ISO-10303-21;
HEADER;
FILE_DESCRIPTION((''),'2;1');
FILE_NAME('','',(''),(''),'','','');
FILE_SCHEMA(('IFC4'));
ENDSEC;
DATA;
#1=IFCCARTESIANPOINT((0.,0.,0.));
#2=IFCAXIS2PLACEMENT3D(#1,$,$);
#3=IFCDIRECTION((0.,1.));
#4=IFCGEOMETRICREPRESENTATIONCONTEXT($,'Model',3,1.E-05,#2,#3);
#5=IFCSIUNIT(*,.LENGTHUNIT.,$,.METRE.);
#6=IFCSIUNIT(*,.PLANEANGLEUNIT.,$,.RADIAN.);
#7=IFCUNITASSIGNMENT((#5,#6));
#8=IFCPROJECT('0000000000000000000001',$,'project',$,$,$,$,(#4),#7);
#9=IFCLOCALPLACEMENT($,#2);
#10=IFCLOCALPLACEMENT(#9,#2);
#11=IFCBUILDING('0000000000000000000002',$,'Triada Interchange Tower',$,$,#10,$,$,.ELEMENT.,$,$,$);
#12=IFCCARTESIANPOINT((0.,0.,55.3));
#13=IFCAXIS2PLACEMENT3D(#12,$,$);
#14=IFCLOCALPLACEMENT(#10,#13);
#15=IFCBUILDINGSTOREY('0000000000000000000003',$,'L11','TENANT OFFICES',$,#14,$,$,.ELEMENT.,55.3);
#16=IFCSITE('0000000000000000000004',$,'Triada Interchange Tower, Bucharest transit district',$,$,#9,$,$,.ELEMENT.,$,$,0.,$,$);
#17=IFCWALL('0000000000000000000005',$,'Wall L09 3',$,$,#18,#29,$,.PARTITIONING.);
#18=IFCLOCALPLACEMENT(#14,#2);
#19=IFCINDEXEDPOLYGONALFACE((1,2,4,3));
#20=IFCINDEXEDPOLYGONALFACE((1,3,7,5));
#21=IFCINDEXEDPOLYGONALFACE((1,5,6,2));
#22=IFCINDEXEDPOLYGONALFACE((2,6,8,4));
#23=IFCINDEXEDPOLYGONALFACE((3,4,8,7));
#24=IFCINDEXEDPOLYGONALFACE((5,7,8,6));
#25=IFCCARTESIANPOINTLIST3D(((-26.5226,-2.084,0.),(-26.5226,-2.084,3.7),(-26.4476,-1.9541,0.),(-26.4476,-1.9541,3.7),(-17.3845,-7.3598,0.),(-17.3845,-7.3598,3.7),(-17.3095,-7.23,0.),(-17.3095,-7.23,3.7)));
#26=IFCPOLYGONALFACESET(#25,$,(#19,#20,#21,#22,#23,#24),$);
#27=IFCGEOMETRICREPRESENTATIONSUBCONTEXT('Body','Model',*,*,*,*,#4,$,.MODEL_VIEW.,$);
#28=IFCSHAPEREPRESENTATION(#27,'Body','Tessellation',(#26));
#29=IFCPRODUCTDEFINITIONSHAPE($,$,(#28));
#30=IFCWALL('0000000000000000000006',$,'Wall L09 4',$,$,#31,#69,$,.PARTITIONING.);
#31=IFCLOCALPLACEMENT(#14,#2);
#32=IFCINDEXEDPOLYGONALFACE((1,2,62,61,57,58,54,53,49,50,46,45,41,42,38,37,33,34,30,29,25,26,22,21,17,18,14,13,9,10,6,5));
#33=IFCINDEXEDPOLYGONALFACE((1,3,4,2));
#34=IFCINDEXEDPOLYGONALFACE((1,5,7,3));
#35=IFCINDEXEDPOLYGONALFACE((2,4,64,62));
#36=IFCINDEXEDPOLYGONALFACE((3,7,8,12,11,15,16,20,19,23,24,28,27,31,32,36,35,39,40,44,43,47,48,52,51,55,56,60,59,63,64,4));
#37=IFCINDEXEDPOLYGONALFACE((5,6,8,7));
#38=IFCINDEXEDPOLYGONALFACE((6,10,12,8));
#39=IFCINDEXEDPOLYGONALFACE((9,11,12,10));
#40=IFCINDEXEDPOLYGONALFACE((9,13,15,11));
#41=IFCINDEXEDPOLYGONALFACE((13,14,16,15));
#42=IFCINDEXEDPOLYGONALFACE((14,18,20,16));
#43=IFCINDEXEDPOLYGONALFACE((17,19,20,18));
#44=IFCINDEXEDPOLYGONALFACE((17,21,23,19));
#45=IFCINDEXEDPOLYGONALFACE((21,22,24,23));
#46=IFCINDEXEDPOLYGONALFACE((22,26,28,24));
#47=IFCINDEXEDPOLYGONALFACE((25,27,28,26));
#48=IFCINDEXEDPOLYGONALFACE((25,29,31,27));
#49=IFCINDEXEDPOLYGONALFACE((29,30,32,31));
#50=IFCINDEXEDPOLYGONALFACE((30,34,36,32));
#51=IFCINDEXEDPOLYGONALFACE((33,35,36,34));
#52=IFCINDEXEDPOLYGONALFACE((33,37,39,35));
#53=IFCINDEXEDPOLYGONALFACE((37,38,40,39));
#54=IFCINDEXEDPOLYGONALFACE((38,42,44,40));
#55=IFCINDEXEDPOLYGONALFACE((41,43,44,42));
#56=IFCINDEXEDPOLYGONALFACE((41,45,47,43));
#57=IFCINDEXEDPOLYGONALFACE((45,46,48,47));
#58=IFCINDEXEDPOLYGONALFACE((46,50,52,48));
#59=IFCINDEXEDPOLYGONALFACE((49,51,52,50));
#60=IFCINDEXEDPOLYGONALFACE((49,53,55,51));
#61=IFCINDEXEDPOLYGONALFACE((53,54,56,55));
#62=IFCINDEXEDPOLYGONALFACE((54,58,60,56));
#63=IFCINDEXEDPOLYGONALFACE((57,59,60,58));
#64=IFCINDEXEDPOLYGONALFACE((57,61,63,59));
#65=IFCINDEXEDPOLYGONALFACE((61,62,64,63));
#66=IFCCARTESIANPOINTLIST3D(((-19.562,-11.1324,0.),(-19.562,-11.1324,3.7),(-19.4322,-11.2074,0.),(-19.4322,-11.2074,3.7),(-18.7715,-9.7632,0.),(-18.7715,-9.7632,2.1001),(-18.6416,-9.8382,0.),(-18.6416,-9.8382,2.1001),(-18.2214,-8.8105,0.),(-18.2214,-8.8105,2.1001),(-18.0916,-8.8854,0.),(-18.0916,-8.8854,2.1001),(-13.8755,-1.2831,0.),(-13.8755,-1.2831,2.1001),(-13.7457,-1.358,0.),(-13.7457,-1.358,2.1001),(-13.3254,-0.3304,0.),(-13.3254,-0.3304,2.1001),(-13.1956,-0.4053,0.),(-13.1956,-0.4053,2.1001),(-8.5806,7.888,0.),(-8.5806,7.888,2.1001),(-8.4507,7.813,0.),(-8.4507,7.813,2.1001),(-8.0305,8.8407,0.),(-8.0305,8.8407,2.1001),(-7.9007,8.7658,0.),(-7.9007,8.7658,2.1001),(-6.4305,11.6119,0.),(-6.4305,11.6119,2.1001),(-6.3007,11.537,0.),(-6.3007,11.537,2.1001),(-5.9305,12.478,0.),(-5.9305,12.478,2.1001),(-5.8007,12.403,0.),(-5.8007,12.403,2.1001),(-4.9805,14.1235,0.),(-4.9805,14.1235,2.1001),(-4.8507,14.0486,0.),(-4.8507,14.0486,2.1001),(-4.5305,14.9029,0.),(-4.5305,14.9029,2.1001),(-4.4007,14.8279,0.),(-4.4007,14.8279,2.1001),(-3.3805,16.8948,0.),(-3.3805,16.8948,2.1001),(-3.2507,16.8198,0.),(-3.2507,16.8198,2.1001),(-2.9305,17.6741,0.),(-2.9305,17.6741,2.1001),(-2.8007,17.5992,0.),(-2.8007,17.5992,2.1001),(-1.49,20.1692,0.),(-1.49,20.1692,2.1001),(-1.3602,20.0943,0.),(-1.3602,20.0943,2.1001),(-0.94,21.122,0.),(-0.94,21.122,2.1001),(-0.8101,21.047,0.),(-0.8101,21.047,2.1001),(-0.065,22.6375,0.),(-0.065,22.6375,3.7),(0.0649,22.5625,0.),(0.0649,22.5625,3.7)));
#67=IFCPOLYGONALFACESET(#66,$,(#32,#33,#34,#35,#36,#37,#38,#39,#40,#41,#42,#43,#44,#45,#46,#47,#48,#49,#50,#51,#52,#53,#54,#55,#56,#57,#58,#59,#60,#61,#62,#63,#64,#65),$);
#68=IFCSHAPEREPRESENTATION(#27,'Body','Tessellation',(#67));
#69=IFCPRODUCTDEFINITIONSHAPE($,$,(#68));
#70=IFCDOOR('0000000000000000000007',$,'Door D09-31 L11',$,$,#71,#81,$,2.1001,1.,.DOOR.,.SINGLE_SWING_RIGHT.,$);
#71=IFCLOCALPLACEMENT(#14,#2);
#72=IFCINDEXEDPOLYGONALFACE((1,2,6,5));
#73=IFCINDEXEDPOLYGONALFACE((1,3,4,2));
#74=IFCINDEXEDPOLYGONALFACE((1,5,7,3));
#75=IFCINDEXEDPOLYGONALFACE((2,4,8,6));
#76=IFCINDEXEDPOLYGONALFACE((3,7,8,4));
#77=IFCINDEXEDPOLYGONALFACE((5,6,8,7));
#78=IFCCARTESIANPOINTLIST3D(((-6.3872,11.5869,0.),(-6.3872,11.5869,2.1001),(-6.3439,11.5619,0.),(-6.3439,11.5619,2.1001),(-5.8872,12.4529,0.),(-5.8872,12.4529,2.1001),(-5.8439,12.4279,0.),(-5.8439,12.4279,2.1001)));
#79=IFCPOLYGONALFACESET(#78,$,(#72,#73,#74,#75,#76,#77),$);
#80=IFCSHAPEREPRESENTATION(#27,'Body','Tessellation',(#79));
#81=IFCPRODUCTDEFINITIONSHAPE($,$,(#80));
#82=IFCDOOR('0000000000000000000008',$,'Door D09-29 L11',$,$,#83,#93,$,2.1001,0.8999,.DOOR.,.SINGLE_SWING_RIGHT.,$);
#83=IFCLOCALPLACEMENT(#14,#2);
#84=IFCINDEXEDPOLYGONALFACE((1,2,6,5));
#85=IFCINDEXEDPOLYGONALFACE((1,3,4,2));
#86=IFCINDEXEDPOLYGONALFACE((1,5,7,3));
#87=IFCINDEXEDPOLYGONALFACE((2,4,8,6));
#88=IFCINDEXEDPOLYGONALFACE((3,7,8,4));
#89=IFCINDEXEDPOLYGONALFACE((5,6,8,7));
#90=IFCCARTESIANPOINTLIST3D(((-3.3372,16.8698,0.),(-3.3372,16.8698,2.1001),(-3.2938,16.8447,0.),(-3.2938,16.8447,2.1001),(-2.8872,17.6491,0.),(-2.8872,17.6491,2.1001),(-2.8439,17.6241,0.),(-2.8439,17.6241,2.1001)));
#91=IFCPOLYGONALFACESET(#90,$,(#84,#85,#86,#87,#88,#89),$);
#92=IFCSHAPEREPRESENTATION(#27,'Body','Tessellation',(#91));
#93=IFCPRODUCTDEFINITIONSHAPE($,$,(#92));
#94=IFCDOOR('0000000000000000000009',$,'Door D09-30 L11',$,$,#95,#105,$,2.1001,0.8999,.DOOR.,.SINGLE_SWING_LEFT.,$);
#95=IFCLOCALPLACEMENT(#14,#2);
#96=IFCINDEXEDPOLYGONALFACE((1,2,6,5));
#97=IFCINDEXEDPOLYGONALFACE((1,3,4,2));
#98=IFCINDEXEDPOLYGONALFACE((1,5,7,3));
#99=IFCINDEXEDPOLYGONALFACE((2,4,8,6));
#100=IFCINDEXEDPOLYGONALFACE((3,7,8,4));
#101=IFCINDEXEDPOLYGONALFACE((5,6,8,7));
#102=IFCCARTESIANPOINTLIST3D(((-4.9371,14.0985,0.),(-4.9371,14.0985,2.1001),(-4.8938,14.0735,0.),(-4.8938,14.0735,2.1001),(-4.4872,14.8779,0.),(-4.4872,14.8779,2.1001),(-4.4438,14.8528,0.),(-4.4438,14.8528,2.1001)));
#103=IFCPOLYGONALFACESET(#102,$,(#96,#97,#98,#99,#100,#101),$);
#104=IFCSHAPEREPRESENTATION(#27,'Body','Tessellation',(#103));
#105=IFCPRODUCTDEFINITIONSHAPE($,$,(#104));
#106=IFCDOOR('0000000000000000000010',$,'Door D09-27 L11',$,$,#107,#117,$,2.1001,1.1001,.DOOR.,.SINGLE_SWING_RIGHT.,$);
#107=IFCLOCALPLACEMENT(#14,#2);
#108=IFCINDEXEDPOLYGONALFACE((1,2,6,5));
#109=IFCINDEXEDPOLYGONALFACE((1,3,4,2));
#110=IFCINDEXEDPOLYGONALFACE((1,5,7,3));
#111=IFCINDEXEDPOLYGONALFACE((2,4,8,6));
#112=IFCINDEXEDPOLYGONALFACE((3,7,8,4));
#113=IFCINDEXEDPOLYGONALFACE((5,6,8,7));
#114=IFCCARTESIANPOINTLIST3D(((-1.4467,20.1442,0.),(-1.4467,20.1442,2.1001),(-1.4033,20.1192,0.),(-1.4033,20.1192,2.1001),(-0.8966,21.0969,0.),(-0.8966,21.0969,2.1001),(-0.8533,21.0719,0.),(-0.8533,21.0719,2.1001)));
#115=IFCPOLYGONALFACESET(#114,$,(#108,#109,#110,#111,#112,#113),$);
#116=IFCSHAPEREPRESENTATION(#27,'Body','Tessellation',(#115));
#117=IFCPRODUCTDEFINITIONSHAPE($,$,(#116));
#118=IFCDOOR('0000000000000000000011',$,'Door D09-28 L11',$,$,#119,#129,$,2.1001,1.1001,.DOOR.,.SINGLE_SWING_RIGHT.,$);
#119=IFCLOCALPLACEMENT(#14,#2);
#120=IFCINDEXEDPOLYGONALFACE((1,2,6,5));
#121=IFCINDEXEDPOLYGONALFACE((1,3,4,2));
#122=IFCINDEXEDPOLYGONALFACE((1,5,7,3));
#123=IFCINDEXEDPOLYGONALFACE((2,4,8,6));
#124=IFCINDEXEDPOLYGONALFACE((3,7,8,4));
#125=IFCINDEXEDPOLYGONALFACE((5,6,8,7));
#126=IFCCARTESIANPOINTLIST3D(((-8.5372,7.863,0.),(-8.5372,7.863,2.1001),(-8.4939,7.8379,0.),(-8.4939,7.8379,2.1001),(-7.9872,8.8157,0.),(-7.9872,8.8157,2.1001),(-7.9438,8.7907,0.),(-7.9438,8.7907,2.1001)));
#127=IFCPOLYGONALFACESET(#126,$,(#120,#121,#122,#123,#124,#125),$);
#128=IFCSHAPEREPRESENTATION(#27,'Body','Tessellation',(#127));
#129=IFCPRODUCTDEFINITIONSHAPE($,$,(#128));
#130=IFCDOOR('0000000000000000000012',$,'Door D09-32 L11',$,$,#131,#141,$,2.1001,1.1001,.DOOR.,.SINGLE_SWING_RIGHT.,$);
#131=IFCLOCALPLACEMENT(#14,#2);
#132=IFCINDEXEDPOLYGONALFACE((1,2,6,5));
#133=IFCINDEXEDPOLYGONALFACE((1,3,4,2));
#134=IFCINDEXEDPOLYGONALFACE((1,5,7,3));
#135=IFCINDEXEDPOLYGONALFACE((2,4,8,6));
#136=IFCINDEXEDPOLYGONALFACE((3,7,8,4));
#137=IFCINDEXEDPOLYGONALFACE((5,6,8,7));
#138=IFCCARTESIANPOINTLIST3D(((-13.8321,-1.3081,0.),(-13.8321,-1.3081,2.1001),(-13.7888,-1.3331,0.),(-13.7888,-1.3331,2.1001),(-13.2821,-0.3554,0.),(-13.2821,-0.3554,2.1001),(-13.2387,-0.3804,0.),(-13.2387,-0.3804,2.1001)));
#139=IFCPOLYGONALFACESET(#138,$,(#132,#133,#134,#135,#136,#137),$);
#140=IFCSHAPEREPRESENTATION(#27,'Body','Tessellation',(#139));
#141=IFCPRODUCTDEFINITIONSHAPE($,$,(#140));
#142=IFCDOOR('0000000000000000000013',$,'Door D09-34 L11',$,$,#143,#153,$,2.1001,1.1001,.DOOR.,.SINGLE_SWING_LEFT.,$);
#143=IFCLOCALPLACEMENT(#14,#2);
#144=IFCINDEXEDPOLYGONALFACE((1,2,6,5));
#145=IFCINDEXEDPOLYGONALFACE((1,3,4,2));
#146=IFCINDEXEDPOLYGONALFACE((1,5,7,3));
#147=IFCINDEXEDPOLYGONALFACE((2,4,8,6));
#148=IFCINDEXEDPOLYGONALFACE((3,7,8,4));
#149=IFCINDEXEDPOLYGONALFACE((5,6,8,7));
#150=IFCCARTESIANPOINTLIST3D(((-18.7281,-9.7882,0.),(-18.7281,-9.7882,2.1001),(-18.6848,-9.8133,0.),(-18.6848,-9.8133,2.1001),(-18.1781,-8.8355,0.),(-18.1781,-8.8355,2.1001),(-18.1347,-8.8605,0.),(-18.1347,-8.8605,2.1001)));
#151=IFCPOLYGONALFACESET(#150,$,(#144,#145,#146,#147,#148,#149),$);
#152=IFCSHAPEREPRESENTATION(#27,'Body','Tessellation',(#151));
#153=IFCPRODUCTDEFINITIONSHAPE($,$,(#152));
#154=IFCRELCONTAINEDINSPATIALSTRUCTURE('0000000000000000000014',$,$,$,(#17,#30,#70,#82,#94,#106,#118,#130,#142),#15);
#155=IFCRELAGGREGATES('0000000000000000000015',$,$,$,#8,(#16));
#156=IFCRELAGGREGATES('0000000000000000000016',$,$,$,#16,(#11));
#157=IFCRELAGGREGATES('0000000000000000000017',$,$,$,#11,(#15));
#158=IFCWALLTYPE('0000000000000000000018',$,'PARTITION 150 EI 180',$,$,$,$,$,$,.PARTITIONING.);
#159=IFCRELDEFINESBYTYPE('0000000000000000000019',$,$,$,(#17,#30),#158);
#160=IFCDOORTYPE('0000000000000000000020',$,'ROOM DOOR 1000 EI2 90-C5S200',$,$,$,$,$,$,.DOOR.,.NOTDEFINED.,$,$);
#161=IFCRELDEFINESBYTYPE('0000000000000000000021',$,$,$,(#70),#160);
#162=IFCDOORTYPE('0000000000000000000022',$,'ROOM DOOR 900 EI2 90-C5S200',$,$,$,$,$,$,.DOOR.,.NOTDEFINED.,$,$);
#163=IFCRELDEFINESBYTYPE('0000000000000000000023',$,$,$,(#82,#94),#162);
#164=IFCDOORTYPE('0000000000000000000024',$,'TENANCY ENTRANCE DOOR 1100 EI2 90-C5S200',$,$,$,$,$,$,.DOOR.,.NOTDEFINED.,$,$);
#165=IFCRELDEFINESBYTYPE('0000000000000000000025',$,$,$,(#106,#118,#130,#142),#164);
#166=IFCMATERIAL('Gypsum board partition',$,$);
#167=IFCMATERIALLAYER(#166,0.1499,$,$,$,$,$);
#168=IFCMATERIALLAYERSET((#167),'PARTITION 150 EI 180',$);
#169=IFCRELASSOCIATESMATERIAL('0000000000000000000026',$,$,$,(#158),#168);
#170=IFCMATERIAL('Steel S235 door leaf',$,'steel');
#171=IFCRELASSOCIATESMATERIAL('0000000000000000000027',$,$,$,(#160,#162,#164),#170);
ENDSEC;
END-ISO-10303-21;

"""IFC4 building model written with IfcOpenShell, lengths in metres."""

from ifc_helpers import new_model, si_unit, direction, frame, frame_2d, origin, place, context, subcontext, project, spatial, rectangle, extrude, material, layer, layer_set, type_object, element, fill, save


model = new_model("IFC4")

# Units and contexts
model_context = context("Model", 3, precision=1e-05, world=origin(), true_north=direction((0.0, 1.0)))
body_context = subcontext(model_context, "Body", "Model", "MODEL_VIEW")
ifc_project = project(units=[si_unit("LENGTHUNIT", "METRE"), si_unit("PLANEANGLEUNIT", "RADIAN")], contexts=[model_context])

# Site, building, storey
site_placement = place(None, origin())
site = spatial("IfcSite", under=ifc_project, at=site_placement, Name="Triada Interchange Tower, Bucharest transit district", CompositionType="ELEMENT", RefElevation=0.0)
building_placement = place(site_placement, origin())
building = spatial("IfcBuilding", under=site, at=building_placement, Name="Triada Interchange Tower", CompositionType="ELEMENT")
storey_placement = place(building_placement, frame((0.0, 0.0, 55.3)))
storey = spatial("IfcBuildingStorey", under=building, at=storey_placement, Name="L11", Description="TENANT OFFICES", CompositionType="ELEMENT", Elevation=55.3)

# Wall
ifc_material_1 = material(Name="Gypsum board partition")
ifc_layer_1 = layer(ifc_material_1, 0.1499)
ifc_layer_set_1 = layer_set([ifc_layer_1], Name="PARTITION 150 EI 180")
wall_type_1 = type_object("IfcWallType", Name="PARTITION 150 EI 180", PredefinedType="PARTITIONING", material=ifc_layer_set_1)
wall_1_placement = place(storey_placement, frame((-26.4851, -2.019, 0.0), z_axis=(0.0, 0.0, 1.0), x_axis=(0.866028, -0.499996, 0.0)))
element("IfcWall", 1, at=wall_1_placement, inside=storey, type_object=wall_type_1, Name="Wall L09 3", PredefinedType="PARTITIONING", context=body_context, shape_type="SweptSolid", body=[
    extrude(rectangle(XDim=10.5518, YDim=0.1499, at=frame_2d((5.2759, 0.0))), origin(), (0.0, 0.0, 1.0), 3.7),
])

# Wall, openings, doors
wall_2_placement = place(storey_placement, frame((-19.4971, -11.1699, 0.0), z_axis=(0.0, 0.0, 1.0), x_axis=(0.499999, 0.866026, 0.0)))
wall_2 = element("IfcWall", 2, at=wall_2_placement, inside=storey, type_object=wall_type_1, Name="Wall L09 4", PredefinedType="PARTITIONING", context=body_context, shape_type="SweptSolid", body=[
    extrude(rectangle(XDim=38.9941, YDim=0.1499, at=frame_2d((19.4971, 0.0))), origin(), (0.0, 0.0, 1.0), 3.7),
])
opening_1_placement = place(wall_2_placement, frame((36.144, 0.0, 0.0)))
opening_1 = element("IfcOpeningElement", 3, at=opening_1_placement, cuts=wall_2, PredefinedType="OPENING", context=body_context, shape_type="SweptSolid", body=[
    extrude(rectangle(XDim=1.1001, YDim=2.1001, at=frame_2d((0.55, 1.05))), frame((0.0, 0.085, 0.0), z_axis=(0.0, -1.0, 0.0), x_axis=(1.0, 0.0, 0.0)), (0.0, 0.0, 1.0), 0.1699),
])
opening_2_placement = place(wall_2_placement, frame((21.9629, 0.0, 0.0)))
opening_2 = element("IfcOpeningElement", 4, at=opening_2_placement, cuts=wall_2, PredefinedType="OPENING", context=body_context, shape_type="SweptSolid", body=[
    extrude(rectangle(XDim=1.1001, YDim=2.1001, at=frame_2d((0.55, 1.05))), frame((0.0, 0.085, 0.0), z_axis=(0.0, -1.0, 0.0), x_axis=(1.0, 0.0, 0.0)), (0.0, 0.0, 1.0), 0.1699),
])
opening_3_placement = place(wall_2_placement, frame((32.363, 0.0, 0.0)))
opening_3 = element("IfcOpeningElement", 5, at=opening_3_placement, cuts=wall_2, PredefinedType="OPENING", context=body_context, shape_type="SweptSolid", body=[
    extrude(rectangle(XDim=0.8999, YDim=2.1001, at=frame_2d((0.45, 1.05))), frame((0.0, 0.085, 0.0), z_axis=(0.0, -1.0, 0.0), x_axis=(1.0, 0.0, 0.0)), (0.0, 0.0, 1.0), 0.1699),
])
opening_4_placement = place(wall_2_placement, frame((29.1631, 0.0, 0.0)))
opening_4 = element("IfcOpeningElement", 6, at=opening_4_placement, cuts=wall_2, PredefinedType="OPENING", context=body_context, shape_type="SweptSolid", body=[
    extrude(rectangle(XDim=0.8999, YDim=2.1001, at=frame_2d((0.45, 1.05))), frame((0.0, 0.085, 0.0), z_axis=(0.0, -1.0, 0.0), x_axis=(1.0, 0.0, 0.0)), (0.0, 0.0, 1.0), 0.1699),
])
opening_5_placement = place(wall_2_placement, frame((26.2629, 0.0, 0.0)))
opening_5 = element("IfcOpeningElement", 7, at=opening_5_placement, cuts=wall_2, PredefinedType="OPENING", context=body_context, shape_type="SweptSolid", body=[
    extrude(rectangle(XDim=1.0, YDim=2.1001, at=frame_2d((0.5, 1.05))), frame((0.0, 0.085, 0.0), z_axis=(0.0, -1.0, 0.0), x_axis=(1.0, 0.0, 0.0)), (0.0, 0.0, 1.0), 0.1699),
])
opening_6_placement = place(wall_2_placement, frame((11.373, 0.0, 0.0)))
opening_6 = element("IfcOpeningElement", 8, at=opening_6_placement, cuts=wall_2, PredefinedType="OPENING", context=body_context, shape_type="SweptSolid", body=[
    extrude(rectangle(XDim=1.1001, YDim=2.1001, at=frame_2d((0.55, 1.05))), frame((0.0, 0.085, 0.0), z_axis=(0.0, -1.0, 0.0), x_axis=(1.0, 0.0, 0.0)), (0.0, 0.0, 1.0), 0.1699),
])
opening_7_placement = place(wall_2_placement, frame((1.5811, 0.0, 0.0)))
opening_7 = element("IfcOpeningElement", 9, at=opening_7_placement, cuts=wall_2, PredefinedType="OPENING", context=body_context, shape_type="SweptSolid", body=[
    extrude(rectangle(XDim=1.1001, YDim=2.1001, at=frame_2d((0.55, 1.05))), frame((0.0, 0.085, 0.0), z_axis=(0.0, -1.0, 0.0), x_axis=(1.0, 0.0, 0.0)), (0.0, 0.0, 1.0), 0.1699),
])
ifc_material_2 = material(Name="Steel S235 door leaf", Category="steel")
door_type_1 = type_object("IfcDoorType", Name="ROOM DOOR 1000 EI2 90-C5S200", OperationType="NOTDEFINED", PredefinedType="DOOR", material=ifc_material_2)
door_1_placement = place(opening_5_placement, origin())
door_1 = element("IfcDoor", 10, at=door_1_placement, inside=storey, type_object=door_type_1, Name="Door D09-31 L11", OperationType="SINGLE_SWING_RIGHT", OverallHeight=2.1001, OverallWidth=1.0, PredefinedType="DOOR", context=body_context, shape_type="SweptSolid", body=[
    extrude(rectangle(XDim=1.0, YDim=2.1001, at=frame_2d((0.5, 1.05))), frame((0.0, 0.0249, 0.0), z_axis=(0.0, -1.0, 0.0), x_axis=(1.0, 0.0, 0.0)), (0.0, 0.0, 1.0), 0.05),
])
fill(opening_5, door_1)
door_type_2 = type_object("IfcDoorType", Name="ROOM DOOR 900 EI2 90-C5S200", OperationType="NOTDEFINED", PredefinedType="DOOR", material=ifc_material_2)
door_2_placement = place(opening_3_placement, origin())
door_2 = element("IfcDoor", 11, at=door_2_placement, inside=storey, type_object=door_type_2, Name="Door D09-29 L11", OperationType="SINGLE_SWING_RIGHT", OverallHeight=2.1001, OverallWidth=0.8999, PredefinedType="DOOR", context=body_context, shape_type="SweptSolid", body=[
    extrude(rectangle(XDim=0.8999, YDim=2.1001, at=frame_2d((0.45, 1.05))), frame((0.0, 0.0249, 0.0), z_axis=(0.0, -1.0, 0.0), x_axis=(1.0, 0.0, 0.0)), (0.0, 0.0, 1.0), 0.05),
])
fill(opening_3, door_2)
door_3_placement = place(opening_4_placement, origin())
door_3 = element("IfcDoor", 12, at=door_3_placement, inside=storey, type_object=door_type_2, Name="Door D09-30 L11", OperationType="SINGLE_SWING_LEFT", OverallHeight=2.1001, OverallWidth=0.8999, PredefinedType="DOOR", context=body_context, shape_type="SweptSolid", body=[
    extrude(rectangle(XDim=0.8999, YDim=2.1001, at=frame_2d((0.45, 1.05))), frame((0.0, 0.0249, 0.0), z_axis=(0.0, -1.0, 0.0), x_axis=(1.0, 0.0, 0.0)), (0.0, 0.0, 1.0), 0.05),
])
fill(opening_4, door_3)
door_type_3 = type_object("IfcDoorType", Name="TENANCY ENTRANCE DOOR 1100 EI2 90-C5S200", OperationType="NOTDEFINED", PredefinedType="DOOR", material=ifc_material_2)
door_4_placement = place(opening_1_placement, origin())
door_4 = element("IfcDoor", 13, at=door_4_placement, inside=storey, type_object=door_type_3, Name="Door D09-27 L11", OperationType="SINGLE_SWING_RIGHT", OverallHeight=2.1001, OverallWidth=1.1001, PredefinedType="DOOR", context=body_context, shape_type="SweptSolid", body=[
    extrude(rectangle(XDim=1.1001, YDim=2.1001, at=frame_2d((0.55, 1.05))), frame((0.0, 0.0249, 0.0), z_axis=(0.0, -1.0, 0.0), x_axis=(1.0, 0.0, 0.0)), (0.0, 0.0, 1.0), 0.05),
])
fill(opening_1, door_4)
door_5_placement = place(opening_2_placement, origin())
door_5 = element("IfcDoor", 14, at=door_5_placement, inside=storey, type_object=door_type_3, Name="Door D09-28 L11", OperationType="SINGLE_SWING_RIGHT", OverallHeight=2.1001, OverallWidth=1.1001, PredefinedType="DOOR", context=body_context, shape_type="SweptSolid", body=[
    extrude(rectangle(XDim=1.1001, YDim=2.1001, at=frame_2d((0.55, 1.05))), frame((0.0, 0.0249, 0.0), z_axis=(0.0, -1.0, 0.0), x_axis=(1.0, 0.0, 0.0)), (0.0, 0.0, 1.0), 0.05),
])
fill(opening_2, door_5)
door_6_placement = place(opening_6_placement, origin())
door_6 = element("IfcDoor", 15, at=door_6_placement, inside=storey, type_object=door_type_3, Name="Door D09-32 L11", OperationType="SINGLE_SWING_RIGHT", OverallHeight=2.1001, OverallWidth=1.1001, PredefinedType="DOOR", context=body_context, shape_type="SweptSolid", body=[
    extrude(rectangle(XDim=1.1001, YDim=2.1001, at=frame_2d((0.55, 1.05))), frame((0.0, 0.0249, 0.0), z_axis=(0.0, -1.0, 0.0), x_axis=(1.0, 0.0, 0.0)), (0.0, 0.0, 1.0), 0.05),
])
fill(opening_6, door_6)
door_7_placement = place(opening_7_placement, origin())
door_7 = element("IfcDoor", 16, at=door_7_placement, inside=storey, type_object=door_type_3, Name="Door D09-34 L11", OperationType="SINGLE_SWING_LEFT", OverallHeight=2.1001, OverallWidth=1.1001, PredefinedType="DOOR", context=body_context, shape_type="SweptSolid", body=[
    extrude(rectangle(XDim=1.1001, YDim=2.1001, at=frame_2d((0.55, 1.05))), frame((0.0, 0.0249, 0.0), z_axis=(0.0, -1.0, 0.0), x_axis=(1.0, 0.0, 0.0)), (0.0, 0.0, 1.0), 0.05),
])
fill(opening_7, door_7)

save(model, "model.ifc")
